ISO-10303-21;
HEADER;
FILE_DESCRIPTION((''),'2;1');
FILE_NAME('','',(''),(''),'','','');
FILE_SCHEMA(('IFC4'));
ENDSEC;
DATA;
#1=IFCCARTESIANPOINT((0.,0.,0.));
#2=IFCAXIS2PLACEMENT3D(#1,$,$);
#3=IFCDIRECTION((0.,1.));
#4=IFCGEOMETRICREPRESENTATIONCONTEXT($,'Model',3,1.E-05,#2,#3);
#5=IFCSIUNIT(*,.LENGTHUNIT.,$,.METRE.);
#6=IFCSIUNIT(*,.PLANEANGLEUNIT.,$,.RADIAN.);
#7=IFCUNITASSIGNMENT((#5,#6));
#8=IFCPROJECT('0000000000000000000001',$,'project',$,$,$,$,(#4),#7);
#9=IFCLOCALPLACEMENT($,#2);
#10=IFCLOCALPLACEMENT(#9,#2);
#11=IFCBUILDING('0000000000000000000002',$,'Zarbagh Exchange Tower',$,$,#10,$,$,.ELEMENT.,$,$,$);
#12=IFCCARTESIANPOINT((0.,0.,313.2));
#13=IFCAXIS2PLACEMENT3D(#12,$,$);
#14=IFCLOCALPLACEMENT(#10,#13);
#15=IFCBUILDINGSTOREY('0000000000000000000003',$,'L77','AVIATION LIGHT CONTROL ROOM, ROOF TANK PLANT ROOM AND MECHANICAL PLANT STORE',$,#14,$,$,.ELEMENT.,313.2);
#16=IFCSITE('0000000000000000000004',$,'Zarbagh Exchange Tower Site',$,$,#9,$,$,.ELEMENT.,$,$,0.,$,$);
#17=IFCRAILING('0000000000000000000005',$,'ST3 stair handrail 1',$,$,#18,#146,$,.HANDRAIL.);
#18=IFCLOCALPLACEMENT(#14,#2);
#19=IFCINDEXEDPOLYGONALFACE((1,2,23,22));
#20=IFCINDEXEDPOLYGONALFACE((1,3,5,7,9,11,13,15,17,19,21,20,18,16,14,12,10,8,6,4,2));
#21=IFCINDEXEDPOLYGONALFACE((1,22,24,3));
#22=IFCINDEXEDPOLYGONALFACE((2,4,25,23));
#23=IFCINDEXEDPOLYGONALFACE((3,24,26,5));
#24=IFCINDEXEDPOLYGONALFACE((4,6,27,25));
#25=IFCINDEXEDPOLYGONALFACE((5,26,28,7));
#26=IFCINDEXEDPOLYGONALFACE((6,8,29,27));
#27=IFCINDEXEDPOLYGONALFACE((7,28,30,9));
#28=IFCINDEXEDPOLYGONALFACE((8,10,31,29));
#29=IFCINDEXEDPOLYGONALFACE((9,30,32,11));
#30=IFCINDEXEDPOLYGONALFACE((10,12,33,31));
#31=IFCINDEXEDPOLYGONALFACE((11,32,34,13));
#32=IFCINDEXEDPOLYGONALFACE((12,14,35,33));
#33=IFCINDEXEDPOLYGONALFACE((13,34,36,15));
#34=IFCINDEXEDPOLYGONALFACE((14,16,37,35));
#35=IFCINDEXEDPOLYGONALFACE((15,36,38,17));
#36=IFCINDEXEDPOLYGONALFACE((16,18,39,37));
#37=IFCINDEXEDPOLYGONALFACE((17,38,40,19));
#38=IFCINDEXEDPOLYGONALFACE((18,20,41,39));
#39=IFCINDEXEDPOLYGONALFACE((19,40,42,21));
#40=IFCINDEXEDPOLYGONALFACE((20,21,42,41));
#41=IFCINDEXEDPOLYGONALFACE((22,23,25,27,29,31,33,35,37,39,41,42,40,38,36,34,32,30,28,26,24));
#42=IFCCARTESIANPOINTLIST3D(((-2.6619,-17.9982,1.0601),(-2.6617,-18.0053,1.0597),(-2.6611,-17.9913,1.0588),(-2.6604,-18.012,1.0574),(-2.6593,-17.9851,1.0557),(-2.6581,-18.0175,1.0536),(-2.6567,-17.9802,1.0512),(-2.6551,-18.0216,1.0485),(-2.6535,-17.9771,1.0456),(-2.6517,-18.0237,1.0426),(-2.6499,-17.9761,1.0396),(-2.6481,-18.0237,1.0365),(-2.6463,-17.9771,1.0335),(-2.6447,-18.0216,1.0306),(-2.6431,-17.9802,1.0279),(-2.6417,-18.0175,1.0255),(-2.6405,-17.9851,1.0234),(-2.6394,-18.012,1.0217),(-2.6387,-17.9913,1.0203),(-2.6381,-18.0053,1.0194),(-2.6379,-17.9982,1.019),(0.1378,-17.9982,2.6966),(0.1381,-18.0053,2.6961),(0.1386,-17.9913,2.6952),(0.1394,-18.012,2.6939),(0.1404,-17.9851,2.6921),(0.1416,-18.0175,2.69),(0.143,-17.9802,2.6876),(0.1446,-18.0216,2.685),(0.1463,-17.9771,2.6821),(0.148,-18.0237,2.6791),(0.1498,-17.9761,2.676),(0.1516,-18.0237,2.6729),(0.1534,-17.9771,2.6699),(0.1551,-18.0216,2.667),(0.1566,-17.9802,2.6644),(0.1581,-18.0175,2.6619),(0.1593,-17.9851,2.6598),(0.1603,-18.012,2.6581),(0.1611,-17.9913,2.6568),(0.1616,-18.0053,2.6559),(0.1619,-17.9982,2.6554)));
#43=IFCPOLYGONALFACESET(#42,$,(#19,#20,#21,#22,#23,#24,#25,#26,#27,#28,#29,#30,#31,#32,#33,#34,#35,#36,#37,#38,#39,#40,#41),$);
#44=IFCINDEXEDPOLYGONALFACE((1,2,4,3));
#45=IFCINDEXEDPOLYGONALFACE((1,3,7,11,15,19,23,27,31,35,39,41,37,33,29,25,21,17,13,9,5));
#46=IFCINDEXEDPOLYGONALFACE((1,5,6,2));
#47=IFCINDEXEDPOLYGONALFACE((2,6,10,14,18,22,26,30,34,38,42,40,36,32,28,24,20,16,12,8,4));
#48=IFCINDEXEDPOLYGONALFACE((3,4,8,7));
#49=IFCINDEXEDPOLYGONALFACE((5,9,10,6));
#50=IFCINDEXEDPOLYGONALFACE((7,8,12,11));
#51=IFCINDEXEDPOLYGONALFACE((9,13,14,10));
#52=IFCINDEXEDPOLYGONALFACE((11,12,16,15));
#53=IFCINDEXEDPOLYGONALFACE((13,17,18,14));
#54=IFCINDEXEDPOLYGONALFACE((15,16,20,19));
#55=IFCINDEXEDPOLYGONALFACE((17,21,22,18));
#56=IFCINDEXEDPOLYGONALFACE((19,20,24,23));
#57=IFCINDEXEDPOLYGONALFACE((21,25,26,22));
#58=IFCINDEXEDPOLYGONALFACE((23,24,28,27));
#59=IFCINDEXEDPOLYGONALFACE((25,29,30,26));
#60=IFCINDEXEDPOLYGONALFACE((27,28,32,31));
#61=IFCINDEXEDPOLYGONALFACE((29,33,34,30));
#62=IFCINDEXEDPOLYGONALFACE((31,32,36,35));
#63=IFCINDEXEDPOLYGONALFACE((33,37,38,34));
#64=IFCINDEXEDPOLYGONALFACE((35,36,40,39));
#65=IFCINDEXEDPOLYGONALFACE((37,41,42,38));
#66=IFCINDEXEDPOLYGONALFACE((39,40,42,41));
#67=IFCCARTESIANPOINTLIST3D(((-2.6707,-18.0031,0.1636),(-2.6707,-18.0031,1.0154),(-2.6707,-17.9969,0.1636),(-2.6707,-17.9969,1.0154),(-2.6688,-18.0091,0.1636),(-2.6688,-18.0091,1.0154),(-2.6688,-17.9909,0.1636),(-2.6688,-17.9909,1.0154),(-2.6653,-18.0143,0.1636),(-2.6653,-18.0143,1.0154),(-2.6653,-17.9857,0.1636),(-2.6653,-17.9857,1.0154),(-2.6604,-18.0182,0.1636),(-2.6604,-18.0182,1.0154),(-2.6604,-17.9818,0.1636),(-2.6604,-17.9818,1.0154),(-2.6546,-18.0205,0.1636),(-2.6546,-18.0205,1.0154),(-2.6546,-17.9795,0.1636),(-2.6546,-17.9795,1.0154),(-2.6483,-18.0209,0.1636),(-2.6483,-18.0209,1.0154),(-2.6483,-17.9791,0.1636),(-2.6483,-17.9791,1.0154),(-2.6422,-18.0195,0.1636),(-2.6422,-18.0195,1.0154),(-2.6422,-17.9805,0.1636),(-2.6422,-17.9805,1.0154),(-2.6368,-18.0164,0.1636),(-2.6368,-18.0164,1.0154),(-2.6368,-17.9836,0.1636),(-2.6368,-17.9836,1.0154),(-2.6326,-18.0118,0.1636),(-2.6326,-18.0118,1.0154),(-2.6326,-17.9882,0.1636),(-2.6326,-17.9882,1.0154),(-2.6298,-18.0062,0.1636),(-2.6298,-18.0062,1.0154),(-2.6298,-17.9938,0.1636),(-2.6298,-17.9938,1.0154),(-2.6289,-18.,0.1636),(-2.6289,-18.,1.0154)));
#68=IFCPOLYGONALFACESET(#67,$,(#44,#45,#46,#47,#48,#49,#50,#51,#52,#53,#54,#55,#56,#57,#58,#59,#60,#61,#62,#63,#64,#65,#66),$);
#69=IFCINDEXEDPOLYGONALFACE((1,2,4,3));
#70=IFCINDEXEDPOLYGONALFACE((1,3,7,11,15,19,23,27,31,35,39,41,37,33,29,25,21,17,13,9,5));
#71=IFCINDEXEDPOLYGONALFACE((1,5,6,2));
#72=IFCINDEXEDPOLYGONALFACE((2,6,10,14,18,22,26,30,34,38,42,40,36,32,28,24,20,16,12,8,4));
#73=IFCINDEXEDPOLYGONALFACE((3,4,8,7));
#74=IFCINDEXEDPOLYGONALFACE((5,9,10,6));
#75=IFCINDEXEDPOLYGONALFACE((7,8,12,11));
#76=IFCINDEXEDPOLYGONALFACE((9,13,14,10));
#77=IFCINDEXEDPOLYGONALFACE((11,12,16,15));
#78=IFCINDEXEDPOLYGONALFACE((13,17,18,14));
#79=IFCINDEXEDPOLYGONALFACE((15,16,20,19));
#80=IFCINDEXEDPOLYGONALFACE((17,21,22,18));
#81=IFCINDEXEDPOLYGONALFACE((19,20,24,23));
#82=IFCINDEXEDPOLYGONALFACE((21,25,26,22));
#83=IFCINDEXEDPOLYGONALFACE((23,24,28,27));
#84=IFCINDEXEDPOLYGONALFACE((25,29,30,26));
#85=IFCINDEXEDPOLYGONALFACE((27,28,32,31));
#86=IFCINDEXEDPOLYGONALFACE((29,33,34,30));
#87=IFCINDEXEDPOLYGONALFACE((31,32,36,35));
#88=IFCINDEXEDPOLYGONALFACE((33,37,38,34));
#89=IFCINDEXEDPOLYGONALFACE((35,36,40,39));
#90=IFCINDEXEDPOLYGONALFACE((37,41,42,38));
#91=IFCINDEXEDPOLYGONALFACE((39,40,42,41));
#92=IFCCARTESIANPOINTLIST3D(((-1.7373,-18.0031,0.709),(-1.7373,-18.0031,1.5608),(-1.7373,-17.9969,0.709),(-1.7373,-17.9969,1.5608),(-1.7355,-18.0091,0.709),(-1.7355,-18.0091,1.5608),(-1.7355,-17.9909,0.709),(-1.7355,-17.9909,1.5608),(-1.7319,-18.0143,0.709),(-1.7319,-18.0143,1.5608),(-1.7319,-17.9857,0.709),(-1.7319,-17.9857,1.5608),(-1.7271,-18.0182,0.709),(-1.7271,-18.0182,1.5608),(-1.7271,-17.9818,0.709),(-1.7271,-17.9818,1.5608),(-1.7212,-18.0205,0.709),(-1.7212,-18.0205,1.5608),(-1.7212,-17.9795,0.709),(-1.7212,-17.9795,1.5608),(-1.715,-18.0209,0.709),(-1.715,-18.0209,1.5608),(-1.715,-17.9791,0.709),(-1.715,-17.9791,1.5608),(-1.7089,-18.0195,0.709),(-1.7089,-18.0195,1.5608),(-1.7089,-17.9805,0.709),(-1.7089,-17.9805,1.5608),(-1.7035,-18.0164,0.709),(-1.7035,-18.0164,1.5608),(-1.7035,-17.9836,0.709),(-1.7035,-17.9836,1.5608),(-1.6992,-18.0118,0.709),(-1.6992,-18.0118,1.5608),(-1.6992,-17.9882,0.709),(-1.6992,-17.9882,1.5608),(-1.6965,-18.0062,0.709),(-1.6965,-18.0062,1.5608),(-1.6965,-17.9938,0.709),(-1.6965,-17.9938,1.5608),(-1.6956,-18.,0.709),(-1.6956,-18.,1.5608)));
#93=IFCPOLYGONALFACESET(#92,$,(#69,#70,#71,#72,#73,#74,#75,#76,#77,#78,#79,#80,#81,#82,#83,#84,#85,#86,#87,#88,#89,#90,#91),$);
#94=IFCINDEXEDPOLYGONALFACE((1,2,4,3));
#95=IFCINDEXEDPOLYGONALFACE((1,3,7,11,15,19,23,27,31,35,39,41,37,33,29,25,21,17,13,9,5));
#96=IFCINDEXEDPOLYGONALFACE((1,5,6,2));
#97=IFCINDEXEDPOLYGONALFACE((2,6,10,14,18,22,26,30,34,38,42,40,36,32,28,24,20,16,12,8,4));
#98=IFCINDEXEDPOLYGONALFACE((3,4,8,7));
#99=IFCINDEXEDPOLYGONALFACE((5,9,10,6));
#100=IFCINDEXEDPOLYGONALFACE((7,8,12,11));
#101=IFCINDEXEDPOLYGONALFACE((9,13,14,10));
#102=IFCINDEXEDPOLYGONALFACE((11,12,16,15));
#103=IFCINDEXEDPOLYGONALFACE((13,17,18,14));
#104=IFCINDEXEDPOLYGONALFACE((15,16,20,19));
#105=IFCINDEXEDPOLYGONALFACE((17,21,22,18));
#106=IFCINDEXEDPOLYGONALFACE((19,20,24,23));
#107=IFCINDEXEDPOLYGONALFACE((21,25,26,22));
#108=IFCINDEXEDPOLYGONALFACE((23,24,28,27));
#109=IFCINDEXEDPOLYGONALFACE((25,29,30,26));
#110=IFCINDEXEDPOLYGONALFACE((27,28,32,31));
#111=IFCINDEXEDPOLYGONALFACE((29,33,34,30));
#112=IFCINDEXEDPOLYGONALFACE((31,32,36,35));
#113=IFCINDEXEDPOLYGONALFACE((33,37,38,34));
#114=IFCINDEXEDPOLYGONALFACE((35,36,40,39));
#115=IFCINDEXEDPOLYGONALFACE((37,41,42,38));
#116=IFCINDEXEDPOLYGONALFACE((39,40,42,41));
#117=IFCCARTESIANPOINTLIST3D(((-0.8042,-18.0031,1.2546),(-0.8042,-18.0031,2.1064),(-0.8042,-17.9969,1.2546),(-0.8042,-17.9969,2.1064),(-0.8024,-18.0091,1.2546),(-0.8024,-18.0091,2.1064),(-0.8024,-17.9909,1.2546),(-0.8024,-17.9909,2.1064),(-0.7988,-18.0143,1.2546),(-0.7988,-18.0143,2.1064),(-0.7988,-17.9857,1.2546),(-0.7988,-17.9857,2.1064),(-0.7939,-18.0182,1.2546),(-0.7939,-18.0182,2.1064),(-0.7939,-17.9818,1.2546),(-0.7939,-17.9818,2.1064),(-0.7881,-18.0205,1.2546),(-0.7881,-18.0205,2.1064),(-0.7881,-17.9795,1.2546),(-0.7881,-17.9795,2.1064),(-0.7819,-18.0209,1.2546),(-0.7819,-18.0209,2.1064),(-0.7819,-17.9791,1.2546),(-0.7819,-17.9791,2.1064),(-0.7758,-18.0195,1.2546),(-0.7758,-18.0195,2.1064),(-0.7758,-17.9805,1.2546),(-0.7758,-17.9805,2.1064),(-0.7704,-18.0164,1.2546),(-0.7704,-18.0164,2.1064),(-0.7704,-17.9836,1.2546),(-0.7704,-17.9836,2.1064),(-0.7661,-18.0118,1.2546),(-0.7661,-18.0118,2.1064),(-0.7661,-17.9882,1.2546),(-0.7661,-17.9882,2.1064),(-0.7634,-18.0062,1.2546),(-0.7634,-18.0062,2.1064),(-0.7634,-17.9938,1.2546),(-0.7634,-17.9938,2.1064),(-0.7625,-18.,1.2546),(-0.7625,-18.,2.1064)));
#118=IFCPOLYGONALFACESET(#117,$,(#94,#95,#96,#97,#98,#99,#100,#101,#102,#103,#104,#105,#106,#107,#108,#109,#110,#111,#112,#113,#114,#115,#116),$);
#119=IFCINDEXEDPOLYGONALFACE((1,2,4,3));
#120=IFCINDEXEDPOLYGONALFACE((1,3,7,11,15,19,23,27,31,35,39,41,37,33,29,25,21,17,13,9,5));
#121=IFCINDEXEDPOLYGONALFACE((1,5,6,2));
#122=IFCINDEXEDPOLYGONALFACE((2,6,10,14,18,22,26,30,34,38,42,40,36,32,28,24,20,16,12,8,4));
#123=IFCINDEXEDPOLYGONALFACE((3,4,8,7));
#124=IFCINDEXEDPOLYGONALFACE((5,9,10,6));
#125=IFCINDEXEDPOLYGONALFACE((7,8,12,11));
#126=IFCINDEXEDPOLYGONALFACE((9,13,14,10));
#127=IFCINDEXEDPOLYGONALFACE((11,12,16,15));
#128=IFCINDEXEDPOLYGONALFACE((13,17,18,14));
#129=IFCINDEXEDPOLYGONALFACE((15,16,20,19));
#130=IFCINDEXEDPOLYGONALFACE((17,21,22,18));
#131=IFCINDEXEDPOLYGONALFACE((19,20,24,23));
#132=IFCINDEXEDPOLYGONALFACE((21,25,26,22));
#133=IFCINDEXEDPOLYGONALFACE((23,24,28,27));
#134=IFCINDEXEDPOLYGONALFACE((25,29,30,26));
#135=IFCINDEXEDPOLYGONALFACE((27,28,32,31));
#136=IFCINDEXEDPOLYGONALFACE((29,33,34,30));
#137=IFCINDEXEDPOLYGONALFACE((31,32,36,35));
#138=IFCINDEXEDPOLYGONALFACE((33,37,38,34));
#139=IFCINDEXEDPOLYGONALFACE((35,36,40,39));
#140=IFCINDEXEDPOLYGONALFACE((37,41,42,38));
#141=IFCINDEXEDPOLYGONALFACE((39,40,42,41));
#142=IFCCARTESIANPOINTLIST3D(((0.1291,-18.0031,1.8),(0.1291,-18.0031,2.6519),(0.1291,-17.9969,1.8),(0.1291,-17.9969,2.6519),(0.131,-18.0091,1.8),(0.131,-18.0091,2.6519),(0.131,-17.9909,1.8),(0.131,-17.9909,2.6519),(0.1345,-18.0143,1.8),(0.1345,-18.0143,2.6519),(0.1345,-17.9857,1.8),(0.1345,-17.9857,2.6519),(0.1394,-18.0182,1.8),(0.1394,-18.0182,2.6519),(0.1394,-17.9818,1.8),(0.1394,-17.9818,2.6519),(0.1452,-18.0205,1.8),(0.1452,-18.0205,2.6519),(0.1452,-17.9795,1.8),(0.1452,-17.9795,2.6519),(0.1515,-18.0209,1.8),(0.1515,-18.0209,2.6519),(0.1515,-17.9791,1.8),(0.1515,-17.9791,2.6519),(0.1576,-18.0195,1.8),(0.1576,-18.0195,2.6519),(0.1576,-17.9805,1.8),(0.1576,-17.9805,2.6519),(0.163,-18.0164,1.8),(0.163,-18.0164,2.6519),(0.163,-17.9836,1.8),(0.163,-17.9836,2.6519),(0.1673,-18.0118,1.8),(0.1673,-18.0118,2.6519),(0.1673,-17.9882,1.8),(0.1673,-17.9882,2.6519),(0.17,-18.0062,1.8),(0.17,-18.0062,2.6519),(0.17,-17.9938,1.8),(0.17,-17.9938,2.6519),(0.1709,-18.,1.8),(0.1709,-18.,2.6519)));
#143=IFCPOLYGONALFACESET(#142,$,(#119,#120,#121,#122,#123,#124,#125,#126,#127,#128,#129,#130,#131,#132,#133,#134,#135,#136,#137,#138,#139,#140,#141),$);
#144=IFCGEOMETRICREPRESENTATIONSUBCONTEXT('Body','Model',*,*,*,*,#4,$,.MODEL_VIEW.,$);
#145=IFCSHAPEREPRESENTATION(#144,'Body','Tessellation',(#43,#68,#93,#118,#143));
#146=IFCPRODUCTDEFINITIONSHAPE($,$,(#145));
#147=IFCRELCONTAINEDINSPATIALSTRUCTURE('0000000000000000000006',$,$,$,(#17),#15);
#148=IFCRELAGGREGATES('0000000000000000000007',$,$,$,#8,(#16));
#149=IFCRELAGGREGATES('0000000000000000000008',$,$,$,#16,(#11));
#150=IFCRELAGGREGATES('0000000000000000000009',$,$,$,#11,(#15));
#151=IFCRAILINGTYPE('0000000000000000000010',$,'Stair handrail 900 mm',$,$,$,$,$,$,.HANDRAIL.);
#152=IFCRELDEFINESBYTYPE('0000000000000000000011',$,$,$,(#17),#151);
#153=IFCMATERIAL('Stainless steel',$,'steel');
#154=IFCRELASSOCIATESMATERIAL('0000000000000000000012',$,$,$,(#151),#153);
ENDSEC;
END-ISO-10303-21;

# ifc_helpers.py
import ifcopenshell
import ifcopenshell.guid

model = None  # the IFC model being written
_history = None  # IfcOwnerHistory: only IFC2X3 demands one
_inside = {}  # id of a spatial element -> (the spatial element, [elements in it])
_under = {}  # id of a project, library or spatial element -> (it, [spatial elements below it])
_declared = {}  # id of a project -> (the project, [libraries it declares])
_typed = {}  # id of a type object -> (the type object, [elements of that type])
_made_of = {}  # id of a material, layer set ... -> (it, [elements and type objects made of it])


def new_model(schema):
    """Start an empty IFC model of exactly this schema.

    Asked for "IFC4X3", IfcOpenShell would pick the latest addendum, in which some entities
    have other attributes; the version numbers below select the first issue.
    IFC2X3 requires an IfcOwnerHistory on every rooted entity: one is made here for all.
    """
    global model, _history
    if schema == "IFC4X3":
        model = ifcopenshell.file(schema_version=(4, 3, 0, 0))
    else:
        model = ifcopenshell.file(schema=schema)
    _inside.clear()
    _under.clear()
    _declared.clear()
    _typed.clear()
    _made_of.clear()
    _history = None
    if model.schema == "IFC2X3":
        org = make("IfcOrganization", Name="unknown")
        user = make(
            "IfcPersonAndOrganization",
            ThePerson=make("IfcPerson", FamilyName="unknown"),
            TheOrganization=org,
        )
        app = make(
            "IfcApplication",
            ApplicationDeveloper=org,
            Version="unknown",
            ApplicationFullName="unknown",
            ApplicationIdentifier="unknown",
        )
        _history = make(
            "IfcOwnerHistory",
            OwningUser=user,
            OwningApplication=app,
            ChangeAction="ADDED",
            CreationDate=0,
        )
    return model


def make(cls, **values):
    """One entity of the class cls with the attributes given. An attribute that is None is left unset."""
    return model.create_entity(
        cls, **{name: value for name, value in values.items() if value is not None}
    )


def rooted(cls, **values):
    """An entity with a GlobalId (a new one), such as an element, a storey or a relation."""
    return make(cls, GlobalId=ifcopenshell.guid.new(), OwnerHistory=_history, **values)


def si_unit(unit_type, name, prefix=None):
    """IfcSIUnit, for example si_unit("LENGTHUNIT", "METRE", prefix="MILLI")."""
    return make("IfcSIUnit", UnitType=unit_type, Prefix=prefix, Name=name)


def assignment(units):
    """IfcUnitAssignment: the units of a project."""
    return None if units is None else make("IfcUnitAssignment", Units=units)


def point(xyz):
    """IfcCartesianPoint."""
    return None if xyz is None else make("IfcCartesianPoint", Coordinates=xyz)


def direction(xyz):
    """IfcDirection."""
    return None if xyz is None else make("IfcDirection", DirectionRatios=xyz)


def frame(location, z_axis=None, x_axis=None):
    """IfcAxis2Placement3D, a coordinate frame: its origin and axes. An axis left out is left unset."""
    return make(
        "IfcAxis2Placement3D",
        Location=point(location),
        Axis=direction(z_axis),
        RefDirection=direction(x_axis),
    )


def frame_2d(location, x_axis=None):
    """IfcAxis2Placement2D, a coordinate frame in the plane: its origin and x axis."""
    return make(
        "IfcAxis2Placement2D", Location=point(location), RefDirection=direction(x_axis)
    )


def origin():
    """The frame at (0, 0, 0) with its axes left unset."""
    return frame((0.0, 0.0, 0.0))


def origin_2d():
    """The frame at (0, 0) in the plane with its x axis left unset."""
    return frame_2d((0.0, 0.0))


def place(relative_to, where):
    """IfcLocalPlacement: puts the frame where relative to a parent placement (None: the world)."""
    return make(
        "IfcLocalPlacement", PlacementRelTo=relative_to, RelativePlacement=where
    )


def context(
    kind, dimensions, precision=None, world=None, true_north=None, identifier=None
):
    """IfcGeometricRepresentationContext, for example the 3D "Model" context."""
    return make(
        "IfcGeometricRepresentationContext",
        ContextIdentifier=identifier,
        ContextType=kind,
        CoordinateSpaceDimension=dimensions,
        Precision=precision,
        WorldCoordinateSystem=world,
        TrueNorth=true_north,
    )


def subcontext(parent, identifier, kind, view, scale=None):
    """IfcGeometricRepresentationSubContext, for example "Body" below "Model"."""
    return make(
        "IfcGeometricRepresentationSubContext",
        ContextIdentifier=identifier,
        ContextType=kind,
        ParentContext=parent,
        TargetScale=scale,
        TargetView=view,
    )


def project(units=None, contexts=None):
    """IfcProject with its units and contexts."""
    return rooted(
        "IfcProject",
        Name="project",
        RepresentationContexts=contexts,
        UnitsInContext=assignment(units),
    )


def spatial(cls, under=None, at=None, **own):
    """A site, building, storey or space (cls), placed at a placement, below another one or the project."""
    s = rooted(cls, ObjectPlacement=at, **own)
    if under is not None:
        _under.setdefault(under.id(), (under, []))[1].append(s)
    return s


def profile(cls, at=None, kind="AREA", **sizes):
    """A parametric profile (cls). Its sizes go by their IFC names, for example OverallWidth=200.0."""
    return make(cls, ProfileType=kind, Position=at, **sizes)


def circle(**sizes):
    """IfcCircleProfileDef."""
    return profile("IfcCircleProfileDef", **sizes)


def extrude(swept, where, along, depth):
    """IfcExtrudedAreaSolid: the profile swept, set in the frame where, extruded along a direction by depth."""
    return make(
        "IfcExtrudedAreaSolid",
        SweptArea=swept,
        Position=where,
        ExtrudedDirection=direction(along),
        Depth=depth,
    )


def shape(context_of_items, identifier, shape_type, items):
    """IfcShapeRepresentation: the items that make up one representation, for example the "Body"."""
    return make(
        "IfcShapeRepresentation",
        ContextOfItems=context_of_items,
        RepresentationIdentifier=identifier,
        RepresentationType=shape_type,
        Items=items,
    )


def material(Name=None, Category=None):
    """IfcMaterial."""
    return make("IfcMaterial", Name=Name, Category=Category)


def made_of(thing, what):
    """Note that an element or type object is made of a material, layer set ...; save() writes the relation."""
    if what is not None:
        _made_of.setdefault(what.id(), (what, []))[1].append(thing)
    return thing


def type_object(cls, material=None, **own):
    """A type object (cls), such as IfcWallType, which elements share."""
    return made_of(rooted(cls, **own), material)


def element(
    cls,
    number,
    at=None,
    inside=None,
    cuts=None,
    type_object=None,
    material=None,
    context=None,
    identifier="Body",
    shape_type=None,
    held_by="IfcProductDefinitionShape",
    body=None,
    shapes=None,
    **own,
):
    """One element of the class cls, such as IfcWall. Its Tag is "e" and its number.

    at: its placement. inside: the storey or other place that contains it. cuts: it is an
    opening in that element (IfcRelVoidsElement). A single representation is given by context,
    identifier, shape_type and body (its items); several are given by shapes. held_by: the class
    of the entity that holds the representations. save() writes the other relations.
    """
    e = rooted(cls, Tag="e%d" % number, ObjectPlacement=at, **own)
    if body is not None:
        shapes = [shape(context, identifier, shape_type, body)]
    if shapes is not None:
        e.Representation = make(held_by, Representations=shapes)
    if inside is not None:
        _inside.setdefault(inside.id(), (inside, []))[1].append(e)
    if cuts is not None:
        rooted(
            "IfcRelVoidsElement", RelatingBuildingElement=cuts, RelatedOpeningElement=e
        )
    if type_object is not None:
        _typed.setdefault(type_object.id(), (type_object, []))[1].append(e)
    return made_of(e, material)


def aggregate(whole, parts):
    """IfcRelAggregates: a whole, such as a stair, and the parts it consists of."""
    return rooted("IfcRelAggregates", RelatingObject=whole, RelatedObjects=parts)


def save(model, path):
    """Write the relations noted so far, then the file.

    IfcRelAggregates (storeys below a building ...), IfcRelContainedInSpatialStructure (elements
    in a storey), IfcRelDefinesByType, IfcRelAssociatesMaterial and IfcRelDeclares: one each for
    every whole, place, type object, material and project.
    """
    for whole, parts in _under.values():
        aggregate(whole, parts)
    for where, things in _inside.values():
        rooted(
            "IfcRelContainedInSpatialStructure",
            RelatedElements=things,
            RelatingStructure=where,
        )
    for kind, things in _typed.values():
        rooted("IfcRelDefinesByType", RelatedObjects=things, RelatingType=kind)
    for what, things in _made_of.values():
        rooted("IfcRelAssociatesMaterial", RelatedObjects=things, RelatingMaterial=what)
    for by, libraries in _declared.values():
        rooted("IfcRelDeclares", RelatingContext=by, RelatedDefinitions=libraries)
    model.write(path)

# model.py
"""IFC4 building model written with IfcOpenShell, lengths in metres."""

from ifc_helpers import new_model, si_unit, direction, frame, origin, origin_2d, place, context, subcontext, project, spatial, circle, extrude, material, type_object, element, save


model = new_model("IFC4")

# Units and contexts
model_context = context("Model", 3, precision=1e-05, world=origin(), true_north=direction((0.0, 1.0)))
body_context = subcontext(model_context, "Body", "Model", "MODEL_VIEW")
ifc_project = project(units=[si_unit("LENGTHUNIT", "METRE"), si_unit("PLANEANGLEUNIT", "RADIAN")], contexts=[model_context])

# Site, building, storey
site_placement = place(None, origin())
site = spatial("IfcSite", under=ifc_project, at=site_placement, Name="Zarbagh Exchange Tower Site", CompositionType="ELEMENT", RefElevation=0.0)
building_placement = place(site_placement, origin())
building = spatial("IfcBuilding", under=site, at=building_placement, Name="Zarbagh Exchange Tower", CompositionType="ELEMENT")
storey_placement = place(building_placement, frame((0.0, 0.0, 313.2)))
storey = spatial("IfcBuildingStorey", under=building, at=storey_placement, Name="L77", Description="AVIATION LIGHT CONTROL ROOM, ROOF TANK PLANT ROOM AND MECHANICAL PLANT STORE", CompositionType="ELEMENT", Elevation=313.2)

# Shared definitions
ifc_material_1 = material(Name="Stainless steel", Category="steel")

# Railing
railing_type_1 = type_object("IfcRailingType", Name="Stair handrail 900 mm", PredefinedType="HANDRAIL", material=ifc_material_1)
railing_1_placement = place(storey_placement, frame((-2.6499, -18.0, 0.1636)))
element("IfcRailing", 1, at=railing_1_placement, inside=storey, type_object=railing_type_1, Name="ST3 stair handrail 1", PredefinedType="HANDRAIL", context=body_context, shape_type="SweptSolid", body=[
    extrude(circle(Radius=0.0239, at=origin_2d()), frame((0.0, 0.0, 0.876), z_axis=(0.863342, 0.0, 0.50462), x_axis=(0.0, 1.0, 0.0)), (0.0, 0.0, 1.0), 3.2429),
    extrude(circle(Radius=0.021, at=origin_2d()), origin(), (0.0, 0.0, 1.0), 0.8518),
    extrude(circle(Radius=0.021, at=origin_2d()), frame((0.9333, 0.0, 0.5454)), (0.0, 0.0, 1.0), 0.8518),
    extrude(circle(Radius=0.021, at=origin_2d()), frame((1.8665, 0.0, 1.0911)), (0.0, 0.0, 1.0), 0.8518),
    extrude(circle(Radius=0.021, at=origin_2d()), frame((2.7998, 0.0, 1.6365)), (0.0, 0.0, 1.0), 0.8518),
])

save(model, "model.ifc")
